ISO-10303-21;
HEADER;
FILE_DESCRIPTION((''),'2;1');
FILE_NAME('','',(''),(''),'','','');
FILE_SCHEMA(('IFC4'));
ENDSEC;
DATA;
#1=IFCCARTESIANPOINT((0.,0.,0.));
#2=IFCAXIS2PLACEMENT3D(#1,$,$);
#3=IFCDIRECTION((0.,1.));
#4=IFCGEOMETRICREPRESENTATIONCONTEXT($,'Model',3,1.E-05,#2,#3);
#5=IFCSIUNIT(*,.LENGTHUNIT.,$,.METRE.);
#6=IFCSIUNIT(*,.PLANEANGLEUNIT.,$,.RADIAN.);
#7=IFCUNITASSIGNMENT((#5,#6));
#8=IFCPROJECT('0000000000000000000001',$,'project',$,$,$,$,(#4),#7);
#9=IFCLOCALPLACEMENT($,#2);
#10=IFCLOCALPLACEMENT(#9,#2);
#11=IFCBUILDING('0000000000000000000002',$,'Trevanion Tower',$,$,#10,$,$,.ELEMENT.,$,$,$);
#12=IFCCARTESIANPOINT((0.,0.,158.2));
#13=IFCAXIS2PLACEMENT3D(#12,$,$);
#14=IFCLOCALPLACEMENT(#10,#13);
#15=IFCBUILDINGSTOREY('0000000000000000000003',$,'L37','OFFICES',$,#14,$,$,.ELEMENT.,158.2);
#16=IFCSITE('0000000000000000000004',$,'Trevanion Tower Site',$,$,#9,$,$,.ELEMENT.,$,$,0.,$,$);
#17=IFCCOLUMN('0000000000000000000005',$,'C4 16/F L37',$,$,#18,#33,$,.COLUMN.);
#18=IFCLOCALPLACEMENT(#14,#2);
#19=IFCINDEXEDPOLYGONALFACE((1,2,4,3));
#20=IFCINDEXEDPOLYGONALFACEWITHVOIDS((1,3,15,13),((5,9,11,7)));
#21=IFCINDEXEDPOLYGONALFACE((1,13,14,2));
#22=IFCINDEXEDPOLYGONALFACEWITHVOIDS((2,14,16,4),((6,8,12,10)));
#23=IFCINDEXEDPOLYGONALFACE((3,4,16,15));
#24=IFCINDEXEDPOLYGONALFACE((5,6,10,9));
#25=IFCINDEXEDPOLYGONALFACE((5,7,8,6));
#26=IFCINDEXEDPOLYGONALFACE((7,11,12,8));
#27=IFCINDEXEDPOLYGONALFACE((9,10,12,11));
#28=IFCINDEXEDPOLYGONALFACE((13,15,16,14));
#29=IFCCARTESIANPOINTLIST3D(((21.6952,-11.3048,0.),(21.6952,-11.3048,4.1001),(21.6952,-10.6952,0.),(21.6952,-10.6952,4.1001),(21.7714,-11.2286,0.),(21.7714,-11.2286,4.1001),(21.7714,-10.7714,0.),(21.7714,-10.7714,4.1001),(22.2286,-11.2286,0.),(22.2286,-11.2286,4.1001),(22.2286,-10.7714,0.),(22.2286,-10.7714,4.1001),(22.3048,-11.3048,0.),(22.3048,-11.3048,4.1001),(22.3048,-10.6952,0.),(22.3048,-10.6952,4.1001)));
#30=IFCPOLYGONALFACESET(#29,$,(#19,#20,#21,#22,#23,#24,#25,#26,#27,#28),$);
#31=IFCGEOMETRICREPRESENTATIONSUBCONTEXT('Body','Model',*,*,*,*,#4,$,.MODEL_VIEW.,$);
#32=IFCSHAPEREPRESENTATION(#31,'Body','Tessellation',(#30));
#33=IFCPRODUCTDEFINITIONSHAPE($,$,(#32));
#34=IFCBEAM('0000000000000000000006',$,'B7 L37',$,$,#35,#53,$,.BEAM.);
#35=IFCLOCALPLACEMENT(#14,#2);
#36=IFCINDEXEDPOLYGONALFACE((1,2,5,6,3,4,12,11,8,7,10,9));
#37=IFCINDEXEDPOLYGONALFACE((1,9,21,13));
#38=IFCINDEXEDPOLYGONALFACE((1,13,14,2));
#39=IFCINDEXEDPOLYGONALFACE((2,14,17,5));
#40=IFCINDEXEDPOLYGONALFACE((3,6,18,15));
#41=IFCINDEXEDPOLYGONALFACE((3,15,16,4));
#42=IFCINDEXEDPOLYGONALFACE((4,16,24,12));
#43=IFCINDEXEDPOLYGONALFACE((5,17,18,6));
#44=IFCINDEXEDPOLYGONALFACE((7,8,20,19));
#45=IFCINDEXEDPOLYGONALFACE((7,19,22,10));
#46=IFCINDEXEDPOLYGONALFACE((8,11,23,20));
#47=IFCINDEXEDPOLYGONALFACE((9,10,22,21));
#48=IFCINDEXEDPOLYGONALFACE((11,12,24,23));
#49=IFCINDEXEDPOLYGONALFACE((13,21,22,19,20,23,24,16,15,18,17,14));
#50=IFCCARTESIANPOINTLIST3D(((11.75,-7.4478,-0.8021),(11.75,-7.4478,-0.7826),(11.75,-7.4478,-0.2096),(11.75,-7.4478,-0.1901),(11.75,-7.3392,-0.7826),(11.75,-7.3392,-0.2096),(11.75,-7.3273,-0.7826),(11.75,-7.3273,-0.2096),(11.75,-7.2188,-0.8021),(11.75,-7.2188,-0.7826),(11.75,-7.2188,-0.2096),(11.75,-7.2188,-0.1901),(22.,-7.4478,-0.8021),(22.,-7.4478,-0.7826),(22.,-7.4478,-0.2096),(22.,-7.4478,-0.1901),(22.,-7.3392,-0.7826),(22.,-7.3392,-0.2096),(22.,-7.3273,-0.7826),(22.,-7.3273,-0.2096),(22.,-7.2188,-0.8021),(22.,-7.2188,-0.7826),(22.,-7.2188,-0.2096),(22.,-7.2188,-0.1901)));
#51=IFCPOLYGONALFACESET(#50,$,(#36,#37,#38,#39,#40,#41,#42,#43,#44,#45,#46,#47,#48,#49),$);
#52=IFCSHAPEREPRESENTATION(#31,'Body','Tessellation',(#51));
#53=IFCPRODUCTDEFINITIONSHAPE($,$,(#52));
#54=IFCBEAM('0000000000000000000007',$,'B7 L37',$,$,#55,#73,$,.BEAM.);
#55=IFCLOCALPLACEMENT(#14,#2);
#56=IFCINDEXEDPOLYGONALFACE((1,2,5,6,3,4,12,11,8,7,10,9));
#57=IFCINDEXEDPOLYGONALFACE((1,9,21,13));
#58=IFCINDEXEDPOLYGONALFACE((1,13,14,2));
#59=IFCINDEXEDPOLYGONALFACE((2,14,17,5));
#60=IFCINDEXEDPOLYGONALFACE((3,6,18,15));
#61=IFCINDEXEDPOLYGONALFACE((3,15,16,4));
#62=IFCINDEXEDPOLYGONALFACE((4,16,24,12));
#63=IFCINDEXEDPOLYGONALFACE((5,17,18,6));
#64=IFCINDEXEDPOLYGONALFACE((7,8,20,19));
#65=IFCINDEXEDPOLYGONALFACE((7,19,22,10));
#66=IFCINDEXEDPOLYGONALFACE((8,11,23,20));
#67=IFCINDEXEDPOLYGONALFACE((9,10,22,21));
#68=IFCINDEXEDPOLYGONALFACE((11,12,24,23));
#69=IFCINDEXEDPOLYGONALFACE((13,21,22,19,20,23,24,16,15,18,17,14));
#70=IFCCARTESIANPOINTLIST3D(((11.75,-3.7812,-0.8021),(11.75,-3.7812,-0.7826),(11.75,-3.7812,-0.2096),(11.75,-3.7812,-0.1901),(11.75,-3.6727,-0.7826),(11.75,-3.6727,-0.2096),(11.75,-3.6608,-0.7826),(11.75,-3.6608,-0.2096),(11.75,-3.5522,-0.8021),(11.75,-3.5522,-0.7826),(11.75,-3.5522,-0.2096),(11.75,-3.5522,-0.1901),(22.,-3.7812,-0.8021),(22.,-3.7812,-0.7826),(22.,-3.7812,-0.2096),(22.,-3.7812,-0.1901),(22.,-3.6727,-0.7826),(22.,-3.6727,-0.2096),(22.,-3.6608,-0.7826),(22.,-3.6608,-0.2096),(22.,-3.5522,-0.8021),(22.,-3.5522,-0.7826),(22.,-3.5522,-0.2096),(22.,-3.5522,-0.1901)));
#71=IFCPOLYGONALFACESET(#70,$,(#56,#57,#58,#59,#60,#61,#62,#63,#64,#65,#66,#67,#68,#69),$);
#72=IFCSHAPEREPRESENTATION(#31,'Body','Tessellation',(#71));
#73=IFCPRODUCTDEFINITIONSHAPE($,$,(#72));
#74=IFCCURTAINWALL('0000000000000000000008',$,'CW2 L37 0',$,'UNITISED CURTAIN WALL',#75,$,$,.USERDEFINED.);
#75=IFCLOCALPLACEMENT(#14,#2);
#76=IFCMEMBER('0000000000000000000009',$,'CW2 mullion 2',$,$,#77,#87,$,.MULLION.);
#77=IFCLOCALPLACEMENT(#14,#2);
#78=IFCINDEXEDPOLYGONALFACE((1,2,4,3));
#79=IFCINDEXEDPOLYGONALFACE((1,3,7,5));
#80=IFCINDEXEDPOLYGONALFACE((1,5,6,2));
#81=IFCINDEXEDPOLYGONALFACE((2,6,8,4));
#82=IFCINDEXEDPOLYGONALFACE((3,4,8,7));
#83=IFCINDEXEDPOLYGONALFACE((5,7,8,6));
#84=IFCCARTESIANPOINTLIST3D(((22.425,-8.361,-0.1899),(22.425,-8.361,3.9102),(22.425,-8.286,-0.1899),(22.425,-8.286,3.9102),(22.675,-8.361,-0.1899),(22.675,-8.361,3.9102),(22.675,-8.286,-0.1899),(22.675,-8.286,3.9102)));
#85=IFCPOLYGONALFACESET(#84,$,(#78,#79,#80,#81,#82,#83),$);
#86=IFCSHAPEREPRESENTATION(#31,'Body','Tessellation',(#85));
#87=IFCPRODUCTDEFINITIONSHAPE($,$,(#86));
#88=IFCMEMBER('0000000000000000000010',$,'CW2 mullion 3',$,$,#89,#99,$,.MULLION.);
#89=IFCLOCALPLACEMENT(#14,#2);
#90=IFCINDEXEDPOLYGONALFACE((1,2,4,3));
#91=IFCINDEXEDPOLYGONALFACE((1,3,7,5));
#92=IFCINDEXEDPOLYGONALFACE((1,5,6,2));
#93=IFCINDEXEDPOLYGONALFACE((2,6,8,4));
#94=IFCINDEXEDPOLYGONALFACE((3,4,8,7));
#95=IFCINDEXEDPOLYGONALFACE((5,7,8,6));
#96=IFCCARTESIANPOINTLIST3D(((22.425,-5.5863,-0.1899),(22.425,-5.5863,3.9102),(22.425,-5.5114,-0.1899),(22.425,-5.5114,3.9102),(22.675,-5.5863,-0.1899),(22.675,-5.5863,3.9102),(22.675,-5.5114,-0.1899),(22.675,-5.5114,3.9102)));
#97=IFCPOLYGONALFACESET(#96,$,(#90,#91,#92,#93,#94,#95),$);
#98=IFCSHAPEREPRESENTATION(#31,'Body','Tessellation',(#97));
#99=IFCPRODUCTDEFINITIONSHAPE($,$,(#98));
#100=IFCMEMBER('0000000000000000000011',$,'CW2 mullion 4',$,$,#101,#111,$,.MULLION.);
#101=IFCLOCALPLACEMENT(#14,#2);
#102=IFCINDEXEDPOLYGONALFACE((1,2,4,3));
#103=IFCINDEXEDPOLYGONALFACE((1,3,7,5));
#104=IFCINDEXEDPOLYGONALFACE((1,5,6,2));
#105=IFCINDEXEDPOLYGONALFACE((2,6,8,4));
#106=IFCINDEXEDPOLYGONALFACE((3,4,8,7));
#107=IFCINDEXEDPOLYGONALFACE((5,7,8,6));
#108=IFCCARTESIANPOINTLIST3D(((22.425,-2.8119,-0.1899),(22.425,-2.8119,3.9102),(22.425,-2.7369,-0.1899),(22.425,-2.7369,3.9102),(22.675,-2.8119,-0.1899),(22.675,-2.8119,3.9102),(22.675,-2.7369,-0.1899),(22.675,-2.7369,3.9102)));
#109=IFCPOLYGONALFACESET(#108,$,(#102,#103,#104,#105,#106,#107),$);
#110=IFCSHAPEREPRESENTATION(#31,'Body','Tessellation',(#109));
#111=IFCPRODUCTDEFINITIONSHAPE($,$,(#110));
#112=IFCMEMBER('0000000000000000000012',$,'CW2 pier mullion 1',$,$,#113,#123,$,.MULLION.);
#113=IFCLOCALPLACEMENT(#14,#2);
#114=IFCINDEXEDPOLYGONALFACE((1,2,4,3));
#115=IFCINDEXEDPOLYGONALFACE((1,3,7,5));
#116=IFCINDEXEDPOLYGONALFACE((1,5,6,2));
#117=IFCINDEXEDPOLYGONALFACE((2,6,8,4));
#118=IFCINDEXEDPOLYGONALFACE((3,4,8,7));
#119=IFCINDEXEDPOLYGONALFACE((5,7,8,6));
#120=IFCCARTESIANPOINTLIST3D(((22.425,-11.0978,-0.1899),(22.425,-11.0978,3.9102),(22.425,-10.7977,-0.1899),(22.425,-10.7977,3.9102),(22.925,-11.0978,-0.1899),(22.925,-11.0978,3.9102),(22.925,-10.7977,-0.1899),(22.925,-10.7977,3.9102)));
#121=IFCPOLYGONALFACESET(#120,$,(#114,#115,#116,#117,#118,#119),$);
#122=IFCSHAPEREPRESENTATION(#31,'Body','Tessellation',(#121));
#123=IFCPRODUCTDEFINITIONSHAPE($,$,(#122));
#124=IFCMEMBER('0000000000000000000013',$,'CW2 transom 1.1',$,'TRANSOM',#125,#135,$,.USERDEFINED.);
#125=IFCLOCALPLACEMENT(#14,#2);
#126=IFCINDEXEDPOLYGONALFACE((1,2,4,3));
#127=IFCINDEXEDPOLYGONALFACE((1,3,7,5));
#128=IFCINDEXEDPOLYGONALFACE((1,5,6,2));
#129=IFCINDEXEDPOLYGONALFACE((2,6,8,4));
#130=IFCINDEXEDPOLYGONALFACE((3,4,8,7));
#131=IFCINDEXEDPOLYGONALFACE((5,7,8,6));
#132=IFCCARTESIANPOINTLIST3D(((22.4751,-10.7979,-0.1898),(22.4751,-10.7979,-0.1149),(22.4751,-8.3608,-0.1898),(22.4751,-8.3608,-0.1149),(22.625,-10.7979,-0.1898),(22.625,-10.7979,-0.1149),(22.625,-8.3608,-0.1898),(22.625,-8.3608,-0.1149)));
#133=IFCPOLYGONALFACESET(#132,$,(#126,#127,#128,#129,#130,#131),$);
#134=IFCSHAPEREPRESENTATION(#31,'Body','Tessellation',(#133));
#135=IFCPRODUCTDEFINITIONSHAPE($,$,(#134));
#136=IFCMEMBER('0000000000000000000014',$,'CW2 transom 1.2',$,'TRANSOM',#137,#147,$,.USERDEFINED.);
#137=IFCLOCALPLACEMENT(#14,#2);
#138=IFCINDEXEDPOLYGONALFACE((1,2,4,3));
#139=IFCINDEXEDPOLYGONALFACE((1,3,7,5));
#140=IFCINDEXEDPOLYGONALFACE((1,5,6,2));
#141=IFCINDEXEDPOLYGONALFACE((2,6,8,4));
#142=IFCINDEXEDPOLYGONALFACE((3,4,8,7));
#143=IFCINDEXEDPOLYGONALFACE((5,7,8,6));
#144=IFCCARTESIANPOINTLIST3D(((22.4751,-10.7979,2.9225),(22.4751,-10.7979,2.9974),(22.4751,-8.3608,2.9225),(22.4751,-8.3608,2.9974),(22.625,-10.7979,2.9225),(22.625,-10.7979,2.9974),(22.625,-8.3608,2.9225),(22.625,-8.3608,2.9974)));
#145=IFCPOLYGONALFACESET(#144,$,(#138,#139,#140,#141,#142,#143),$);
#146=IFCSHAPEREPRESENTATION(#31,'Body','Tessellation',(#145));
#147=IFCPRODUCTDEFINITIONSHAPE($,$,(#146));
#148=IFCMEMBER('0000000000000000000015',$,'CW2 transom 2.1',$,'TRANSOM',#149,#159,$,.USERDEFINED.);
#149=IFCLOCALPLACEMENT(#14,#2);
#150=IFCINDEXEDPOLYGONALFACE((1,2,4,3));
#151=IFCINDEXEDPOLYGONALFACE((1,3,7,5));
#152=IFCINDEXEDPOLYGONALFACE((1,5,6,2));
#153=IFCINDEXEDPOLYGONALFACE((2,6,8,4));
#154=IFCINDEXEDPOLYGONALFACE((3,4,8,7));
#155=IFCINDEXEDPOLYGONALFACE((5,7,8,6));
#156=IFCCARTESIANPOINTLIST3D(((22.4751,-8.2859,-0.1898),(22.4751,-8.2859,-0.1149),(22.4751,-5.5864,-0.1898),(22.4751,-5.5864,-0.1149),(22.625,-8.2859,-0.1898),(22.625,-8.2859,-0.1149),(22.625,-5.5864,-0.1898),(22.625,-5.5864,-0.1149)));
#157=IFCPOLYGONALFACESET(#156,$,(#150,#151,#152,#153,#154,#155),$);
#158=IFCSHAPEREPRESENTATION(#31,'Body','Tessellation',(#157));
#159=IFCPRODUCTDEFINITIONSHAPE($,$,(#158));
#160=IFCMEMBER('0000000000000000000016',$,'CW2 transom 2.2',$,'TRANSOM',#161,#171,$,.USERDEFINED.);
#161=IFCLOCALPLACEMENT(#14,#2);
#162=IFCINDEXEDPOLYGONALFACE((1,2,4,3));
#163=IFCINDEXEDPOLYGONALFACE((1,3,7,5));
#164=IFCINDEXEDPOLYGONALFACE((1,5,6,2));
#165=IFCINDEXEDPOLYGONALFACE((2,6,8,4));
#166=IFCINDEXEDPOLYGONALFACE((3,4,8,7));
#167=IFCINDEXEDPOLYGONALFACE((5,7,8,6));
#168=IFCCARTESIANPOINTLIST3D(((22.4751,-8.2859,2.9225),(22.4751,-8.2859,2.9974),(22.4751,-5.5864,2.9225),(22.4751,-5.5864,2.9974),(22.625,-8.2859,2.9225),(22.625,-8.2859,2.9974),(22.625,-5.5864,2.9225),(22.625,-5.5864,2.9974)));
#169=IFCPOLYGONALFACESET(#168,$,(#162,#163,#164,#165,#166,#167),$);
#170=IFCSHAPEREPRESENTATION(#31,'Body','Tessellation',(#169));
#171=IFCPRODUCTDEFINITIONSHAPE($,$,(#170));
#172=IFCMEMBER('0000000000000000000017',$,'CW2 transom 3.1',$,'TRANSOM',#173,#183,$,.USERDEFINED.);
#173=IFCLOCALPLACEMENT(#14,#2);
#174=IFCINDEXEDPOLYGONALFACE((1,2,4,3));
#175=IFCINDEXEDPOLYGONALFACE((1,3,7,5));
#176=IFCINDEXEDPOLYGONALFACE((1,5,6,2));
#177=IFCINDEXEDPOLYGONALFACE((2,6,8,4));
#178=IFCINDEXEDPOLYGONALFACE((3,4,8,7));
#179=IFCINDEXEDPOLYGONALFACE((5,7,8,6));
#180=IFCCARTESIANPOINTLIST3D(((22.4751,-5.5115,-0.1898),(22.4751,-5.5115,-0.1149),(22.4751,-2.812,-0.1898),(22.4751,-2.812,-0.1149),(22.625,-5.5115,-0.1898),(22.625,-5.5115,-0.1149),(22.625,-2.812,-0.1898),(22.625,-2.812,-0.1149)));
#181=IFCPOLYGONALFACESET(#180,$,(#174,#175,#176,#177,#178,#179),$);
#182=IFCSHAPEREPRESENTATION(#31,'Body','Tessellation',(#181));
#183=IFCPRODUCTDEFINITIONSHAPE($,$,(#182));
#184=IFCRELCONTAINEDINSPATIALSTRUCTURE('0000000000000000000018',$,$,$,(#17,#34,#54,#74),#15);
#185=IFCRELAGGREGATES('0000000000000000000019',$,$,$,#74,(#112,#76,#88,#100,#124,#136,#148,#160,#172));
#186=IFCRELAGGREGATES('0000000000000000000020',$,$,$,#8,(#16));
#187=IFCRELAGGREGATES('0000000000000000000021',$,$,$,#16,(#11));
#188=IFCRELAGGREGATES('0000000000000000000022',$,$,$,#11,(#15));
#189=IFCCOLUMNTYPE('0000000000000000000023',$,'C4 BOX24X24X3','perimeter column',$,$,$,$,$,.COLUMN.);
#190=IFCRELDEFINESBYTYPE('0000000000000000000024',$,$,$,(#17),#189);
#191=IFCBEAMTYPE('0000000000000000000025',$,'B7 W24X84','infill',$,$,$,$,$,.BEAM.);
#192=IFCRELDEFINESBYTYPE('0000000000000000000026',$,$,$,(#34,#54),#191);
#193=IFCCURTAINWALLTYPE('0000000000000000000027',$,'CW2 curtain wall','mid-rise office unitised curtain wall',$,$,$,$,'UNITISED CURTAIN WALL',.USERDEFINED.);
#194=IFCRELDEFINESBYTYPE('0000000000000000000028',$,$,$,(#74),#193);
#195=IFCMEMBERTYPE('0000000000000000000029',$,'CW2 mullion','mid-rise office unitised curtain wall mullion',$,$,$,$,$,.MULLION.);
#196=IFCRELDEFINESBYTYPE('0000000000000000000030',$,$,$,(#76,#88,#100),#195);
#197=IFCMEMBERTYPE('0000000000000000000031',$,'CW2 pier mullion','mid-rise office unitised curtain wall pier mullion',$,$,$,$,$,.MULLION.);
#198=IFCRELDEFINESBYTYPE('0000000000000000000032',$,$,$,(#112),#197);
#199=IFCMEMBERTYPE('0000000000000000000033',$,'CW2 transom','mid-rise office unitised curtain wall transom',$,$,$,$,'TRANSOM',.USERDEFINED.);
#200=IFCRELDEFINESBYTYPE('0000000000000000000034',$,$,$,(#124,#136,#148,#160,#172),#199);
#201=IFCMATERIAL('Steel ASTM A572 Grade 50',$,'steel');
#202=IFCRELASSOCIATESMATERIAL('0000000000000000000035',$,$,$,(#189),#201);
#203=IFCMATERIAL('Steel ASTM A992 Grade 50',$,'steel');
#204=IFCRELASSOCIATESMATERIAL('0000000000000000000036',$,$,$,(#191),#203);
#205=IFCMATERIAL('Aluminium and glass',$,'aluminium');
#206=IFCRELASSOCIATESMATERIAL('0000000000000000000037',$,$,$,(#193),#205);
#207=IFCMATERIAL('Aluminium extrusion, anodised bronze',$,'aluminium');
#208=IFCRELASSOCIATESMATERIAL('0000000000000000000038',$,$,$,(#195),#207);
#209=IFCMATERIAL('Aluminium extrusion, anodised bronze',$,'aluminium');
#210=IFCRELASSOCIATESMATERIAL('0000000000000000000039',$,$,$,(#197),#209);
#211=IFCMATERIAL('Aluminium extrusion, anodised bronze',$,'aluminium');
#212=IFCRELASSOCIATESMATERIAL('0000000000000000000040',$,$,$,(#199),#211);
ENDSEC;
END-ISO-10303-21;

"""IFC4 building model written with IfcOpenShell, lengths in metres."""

from ifc_helpers import new_model, si_unit, direction, frame, origin, origin_2d, place, context, subcontext, project, spatial, rectangle, hollow_rectangle, i_section, extrude, material, material_profile, profile_set, type_object, element, aggregate, save


model = new_model("IFC4")

# Units and contexts
model_context = context("Model", 3, precision=1e-05, world=origin(), true_north=direction((0.0, 1.0)))
body_context = subcontext(model_context, "Body", "Model", "MODEL_VIEW")
ifc_project = project(units=[si_unit("LENGTHUNIT", "METRE"), si_unit("PLANEANGLEUNIT", "RADIAN")], contexts=[model_context])

# Site, building, storey
site_placement = place(None, origin())
site = spatial("IfcSite", under=ifc_project, at=site_placement, Name="Trevanion Tower Site", CompositionType="ELEMENT", RefElevation=0.0)
building_placement = place(site_placement, origin())
building = spatial("IfcBuilding", under=site, at=building_placement, Name="Trevanion Tower", CompositionType="ELEMENT")
storey_placement = place(building_placement, frame((0.0, 0.0, 158.2)))
storey = spatial("IfcBuildingStorey", under=building, at=storey_placement, Name="L37", Description="OFFICES", CompositionType="ELEMENT", Elevation=158.2)

# Column
ifc_material_1 = material(Name="Steel ASTM A572 Grade 50", Category="steel")
ifc_material_profile_1 = material_profile(ifc_material_1, hollow_rectangle(XDim=0.6096, YDim=0.6096, WallThickness=0.0762, at=origin_2d()), Name="BOX24X24X3")
ifc_profile_set_1 = profile_set([ifc_material_profile_1], Name="Steel ASTM A572 Grade 50")
column_type = type_object("IfcColumnType", Name="C4 BOX24X24X3", Description="perimeter column", PredefinedType="COLUMN", material=ifc_profile_set_1)
column_placement = place(storey_placement, frame((22.0, -11.0, 0.0), z_axis=(0.0, 0.0, 1.0), x_axis=(0.0, 1.0, 0.0)))
element("IfcColumn", 1, at=column_placement, inside=storey, type_object=column_type, Name="C4 16/F L37", PredefinedType="COLUMN", context=body_context, shape_type="SweptSolid", body=[
    extrude(hollow_rectangle(XDim=0.6096, YDim=0.6096, WallThickness=0.0762, at=origin_2d()), origin(), (0.0, 0.0, 1.0), 4.1001),
])

# Beams
ifc_material_2 = material(Name="Steel ASTM A992 Grade 50", Category="steel")
ifc_material_profile_2 = material_profile(ifc_material_2, i_section(OverallWidth=0.229, OverallDepth=0.6121, WebThickness=0.012, FlangeThickness=0.0195, at=origin_2d()), Name="W24X84")
ifc_profile_set_2 = profile_set([ifc_material_profile_2], Name="Steel ASTM A992 Grade 50")
beam_type_1 = type_object("IfcBeamType", Name="B7 W24X84", Description="infill", PredefinedType="BEAM", material=ifc_profile_set_2)
for number, where, z_axis, x_axis, name in (
    (2, (11.75, -7.3333, -0.4961), (1.0, 0.0, 0.0), (0.0, 1.0, 0.0), "B7 L37"),
    (3, (11.75, -3.6667, -0.4961), (1.0, 0.0, 0.0), (0.0, 1.0, 0.0), "B7 L37"),
):
    element("IfcBeam", number, at=place(storey_placement, frame(where, z_axis=z_axis, x_axis=x_axis)), inside=storey, type_object=beam_type_1, Name=name, PredefinedType="BEAM", context=body_context, shape_type="SweptSolid", body=[
        extrude(i_section(OverallWidth=0.229, OverallDepth=0.6121, WebThickness=0.012, FlangeThickness=0.0195, at=origin_2d()), origin(), (0.0, 0.0, 1.0), 10.25),
    ])

# Curtain wall, members
ifc_material_3 = material(Name="Aluminium and glass", Category="aluminium")
curtain_wall_type = type_object("IfcCurtainWallType", Name="CW2 curtain wall", Description="mid-rise office unitised curtain wall", ElementType="UNITISED CURTAIN WALL", PredefinedType="USERDEFINED", material=ifc_material_3)
curtain_wall_placement = place(storey_placement, origin())
curtain_wall = element("IfcCurtainWall", 4, at=curtain_wall_placement, inside=storey, type_object=curtain_wall_type, Name="CW2 L37 0", ObjectType="UNITISED CURTAIN WALL", PredefinedType="USERDEFINED")
ifc_material_4 = material(Name="Aluminium extrusion, anodised bronze", Category="aluminium")
ifc_material_profile_3 = material_profile(ifc_material_4, rectangle(XDim=0.075, YDim=0.25, at=origin_2d()), Name="CW2 mullion")
ifc_profile_set_3 = profile_set([ifc_material_profile_3], Name="Aluminium extrusion, anodised bronze")
member_type_1 = type_object("IfcMemberType", Name="CW2 mullion", Description="mid-rise office unitised curtain wall mullion", PredefinedType="MULLION", material=ifc_profile_set_3)
member_1_placement = place(storey_placement, frame((22.55, -8.3235, -0.1899), z_axis=(0.0, 0.0, 1.0), x_axis=(0.0, 1.0, 0.0)))
member_1 = element("IfcMember", 5, at=member_1_placement, type_object=member_type_1, Name="CW2 mullion 2", PredefinedType="MULLION", context=body_context, shape_type="SweptSolid", body=[
    extrude(rectangle(XDim=0.075, YDim=0.25, at=origin_2d()), origin(), (0.0, 0.0, 1.0), 4.1001),
])
member_2_placement = place(storey_placement, frame((22.55, -5.5488, -0.1899), z_axis=(0.0, 0.0, 1.0), x_axis=(0.0, 1.0, 0.0)))
member_2 = element("IfcMember", 6, at=member_2_placement, type_object=member_type_1, Name="CW2 mullion 3", PredefinedType="MULLION", context=body_context, shape_type="SweptSolid", body=[
    extrude(rectangle(XDim=0.075, YDim=0.25, at=origin_2d()), origin(), (0.0, 0.0, 1.0), 4.1001),
])
member_3_placement = place(storey_placement, frame((22.55, -2.7744, -0.1899), z_axis=(0.0, 0.0, 1.0), x_axis=(0.0, 1.0, 0.0)))
member_3 = element("IfcMember", 7, at=member_3_placement, type_object=member_type_1, Name="CW2 mullion 4", PredefinedType="MULLION", context=body_context, shape_type="SweptSolid", body=[
    extrude(rectangle(XDim=0.075, YDim=0.25, at=origin_2d()), origin(), (0.0, 0.0, 1.0), 4.1001),
])
ifc_material_5 = material(Name="Aluminium extrusion, anodised bronze", Category="aluminium")
ifc_material_profile_4 = material_profile(ifc_material_5, rectangle(XDim=0.3, YDim=0.5, at=origin_2d()), Name="CW2 pier mullion")
ifc_profile_set_4 = profile_set([ifc_material_profile_4], Name="Aluminium extrusion, anodised bronze")
member_type_2 = type_object("IfcMemberType", Name="CW2 pier mullion", Description="mid-rise office unitised curtain wall pier mullion", PredefinedType="MULLION", material=ifc_profile_set_4)
member_4_placement = place(storey_placement, frame((22.675, -10.9478, -0.1899), z_axis=(0.0, 0.0, 1.0), x_axis=(0.0, 1.0, 0.0)))
member_4 = element("IfcMember", 8, at=member_4_placement, type_object=member_type_2, Name="CW2 pier mullion 1", PredefinedType="MULLION", context=body_context, shape_type="SweptSolid", body=[
    extrude(rectangle(XDim=0.3, YDim=0.5, at=origin_2d()), origin(), (0.0, 0.0, 1.0), 4.1001),
])
ifc_material_6 = material(Name="Aluminium extrusion, anodised bronze", Category="aluminium")
ifc_material_profile_5 = material_profile(ifc_material_6, rectangle(XDim=0.1499, YDim=0.075, at=origin_2d()), Name="CW2 transom")
ifc_profile_set_5 = profile_set([ifc_material_profile_5], Name="Aluminium extrusion, anodised bronze")
member_type_3 = type_object("IfcMemberType", Name="CW2 transom", Description="mid-rise office unitised curtain wall transom", ElementType="TRANSOM", PredefinedType="USERDEFINED", material=ifc_profile_set_5)
member_5_placement = place(storey_placement, frame((22.55, -10.7979, -0.1523), z_axis=(0.0, 1.0, 0.0), x_axis=(-1.0, 0.0, 0.0)))
member_5 = element("IfcMember", 9, at=member_5_placement, type_object=member_type_3, Name="CW2 transom 1.1", ObjectType="TRANSOM", PredefinedType="USERDEFINED", context=body_context, shape_type="SweptSolid", body=[
    extrude(rectangle(XDim=0.1499, YDim=0.075, at=origin_2d()), origin(), (0.0, 0.0, 1.0), 2.437),
])
member_6_placement = place(storey_placement, frame((22.55, -10.7979, 2.96), z_axis=(0.0, 1.0, 0.0), x_axis=(-1.0, 0.0, 0.0)))
member_6 = element("IfcMember", 10, at=member_6_placement, type_object=member_type_3, Name="CW2 transom 1.2", ObjectType="TRANSOM", PredefinedType="USERDEFINED", context=body_context, shape_type="SweptSolid", body=[
    extrude(rectangle(XDim=0.1499, YDim=0.075, at=origin_2d()), origin(), (0.0, 0.0, 1.0), 2.437),
])
member_7_placement = place(storey_placement, frame((22.55, -8.2859, -0.1523), z_axis=(0.0, 1.0, 0.0), x_axis=(-1.0, 0.0, 0.0)))
member_7 = element("IfcMember", 11, at=member_7_placement, type_object=member_type_3, Name="CW2 transom 2.1", ObjectType="TRANSOM", PredefinedType="USERDEFINED", context=body_context, shape_type="SweptSolid", body=[
    extrude(rectangle(XDim=0.1499, YDim=0.075, at=origin_2d()), origin(), (0.0, 0.0, 1.0), 2.6995),
])
member_8_placement = place(storey_placement, frame((22.55, -8.2859, 2.96), z_axis=(0.0, 1.0, 0.0), x_axis=(-1.0, 0.0, 0.0)))
member_8 = element("IfcMember", 12, at=member_8_placement, type_object=member_type_3, Name="CW2 transom 2.2", ObjectType="TRANSOM", PredefinedType="USERDEFINED", context=body_context, shape_type="SweptSolid", body=[
    extrude(rectangle(XDim=0.1499, YDim=0.075, at=origin_2d()), origin(), (0.0, 0.0, 1.0), 2.6995),
])
member_9_placement = place(storey_placement, frame((22.55, -5.5115, -0.1523), z_axis=(0.0, 1.0, 0.0), x_axis=(-1.0, 0.0, 0.0)))
member_9 = element("IfcMember", 13, at=member_9_placement, type_object=member_type_3, Name="CW2 transom 3.1", ObjectType="TRANSOM", PredefinedType="USERDEFINED", context=body_context, shape_type="SweptSolid", body=[
    extrude(rectangle(XDim=0.1499, YDim=0.075, at=origin_2d()), origin(), (0.0, 0.0, 1.0), 2.6995),
])

aggregate(curtain_wall, [member_4, member_1, member_2, member_3, member_5, member_6, member_7, member_8, member_9])

save(model, "model.ifc")
